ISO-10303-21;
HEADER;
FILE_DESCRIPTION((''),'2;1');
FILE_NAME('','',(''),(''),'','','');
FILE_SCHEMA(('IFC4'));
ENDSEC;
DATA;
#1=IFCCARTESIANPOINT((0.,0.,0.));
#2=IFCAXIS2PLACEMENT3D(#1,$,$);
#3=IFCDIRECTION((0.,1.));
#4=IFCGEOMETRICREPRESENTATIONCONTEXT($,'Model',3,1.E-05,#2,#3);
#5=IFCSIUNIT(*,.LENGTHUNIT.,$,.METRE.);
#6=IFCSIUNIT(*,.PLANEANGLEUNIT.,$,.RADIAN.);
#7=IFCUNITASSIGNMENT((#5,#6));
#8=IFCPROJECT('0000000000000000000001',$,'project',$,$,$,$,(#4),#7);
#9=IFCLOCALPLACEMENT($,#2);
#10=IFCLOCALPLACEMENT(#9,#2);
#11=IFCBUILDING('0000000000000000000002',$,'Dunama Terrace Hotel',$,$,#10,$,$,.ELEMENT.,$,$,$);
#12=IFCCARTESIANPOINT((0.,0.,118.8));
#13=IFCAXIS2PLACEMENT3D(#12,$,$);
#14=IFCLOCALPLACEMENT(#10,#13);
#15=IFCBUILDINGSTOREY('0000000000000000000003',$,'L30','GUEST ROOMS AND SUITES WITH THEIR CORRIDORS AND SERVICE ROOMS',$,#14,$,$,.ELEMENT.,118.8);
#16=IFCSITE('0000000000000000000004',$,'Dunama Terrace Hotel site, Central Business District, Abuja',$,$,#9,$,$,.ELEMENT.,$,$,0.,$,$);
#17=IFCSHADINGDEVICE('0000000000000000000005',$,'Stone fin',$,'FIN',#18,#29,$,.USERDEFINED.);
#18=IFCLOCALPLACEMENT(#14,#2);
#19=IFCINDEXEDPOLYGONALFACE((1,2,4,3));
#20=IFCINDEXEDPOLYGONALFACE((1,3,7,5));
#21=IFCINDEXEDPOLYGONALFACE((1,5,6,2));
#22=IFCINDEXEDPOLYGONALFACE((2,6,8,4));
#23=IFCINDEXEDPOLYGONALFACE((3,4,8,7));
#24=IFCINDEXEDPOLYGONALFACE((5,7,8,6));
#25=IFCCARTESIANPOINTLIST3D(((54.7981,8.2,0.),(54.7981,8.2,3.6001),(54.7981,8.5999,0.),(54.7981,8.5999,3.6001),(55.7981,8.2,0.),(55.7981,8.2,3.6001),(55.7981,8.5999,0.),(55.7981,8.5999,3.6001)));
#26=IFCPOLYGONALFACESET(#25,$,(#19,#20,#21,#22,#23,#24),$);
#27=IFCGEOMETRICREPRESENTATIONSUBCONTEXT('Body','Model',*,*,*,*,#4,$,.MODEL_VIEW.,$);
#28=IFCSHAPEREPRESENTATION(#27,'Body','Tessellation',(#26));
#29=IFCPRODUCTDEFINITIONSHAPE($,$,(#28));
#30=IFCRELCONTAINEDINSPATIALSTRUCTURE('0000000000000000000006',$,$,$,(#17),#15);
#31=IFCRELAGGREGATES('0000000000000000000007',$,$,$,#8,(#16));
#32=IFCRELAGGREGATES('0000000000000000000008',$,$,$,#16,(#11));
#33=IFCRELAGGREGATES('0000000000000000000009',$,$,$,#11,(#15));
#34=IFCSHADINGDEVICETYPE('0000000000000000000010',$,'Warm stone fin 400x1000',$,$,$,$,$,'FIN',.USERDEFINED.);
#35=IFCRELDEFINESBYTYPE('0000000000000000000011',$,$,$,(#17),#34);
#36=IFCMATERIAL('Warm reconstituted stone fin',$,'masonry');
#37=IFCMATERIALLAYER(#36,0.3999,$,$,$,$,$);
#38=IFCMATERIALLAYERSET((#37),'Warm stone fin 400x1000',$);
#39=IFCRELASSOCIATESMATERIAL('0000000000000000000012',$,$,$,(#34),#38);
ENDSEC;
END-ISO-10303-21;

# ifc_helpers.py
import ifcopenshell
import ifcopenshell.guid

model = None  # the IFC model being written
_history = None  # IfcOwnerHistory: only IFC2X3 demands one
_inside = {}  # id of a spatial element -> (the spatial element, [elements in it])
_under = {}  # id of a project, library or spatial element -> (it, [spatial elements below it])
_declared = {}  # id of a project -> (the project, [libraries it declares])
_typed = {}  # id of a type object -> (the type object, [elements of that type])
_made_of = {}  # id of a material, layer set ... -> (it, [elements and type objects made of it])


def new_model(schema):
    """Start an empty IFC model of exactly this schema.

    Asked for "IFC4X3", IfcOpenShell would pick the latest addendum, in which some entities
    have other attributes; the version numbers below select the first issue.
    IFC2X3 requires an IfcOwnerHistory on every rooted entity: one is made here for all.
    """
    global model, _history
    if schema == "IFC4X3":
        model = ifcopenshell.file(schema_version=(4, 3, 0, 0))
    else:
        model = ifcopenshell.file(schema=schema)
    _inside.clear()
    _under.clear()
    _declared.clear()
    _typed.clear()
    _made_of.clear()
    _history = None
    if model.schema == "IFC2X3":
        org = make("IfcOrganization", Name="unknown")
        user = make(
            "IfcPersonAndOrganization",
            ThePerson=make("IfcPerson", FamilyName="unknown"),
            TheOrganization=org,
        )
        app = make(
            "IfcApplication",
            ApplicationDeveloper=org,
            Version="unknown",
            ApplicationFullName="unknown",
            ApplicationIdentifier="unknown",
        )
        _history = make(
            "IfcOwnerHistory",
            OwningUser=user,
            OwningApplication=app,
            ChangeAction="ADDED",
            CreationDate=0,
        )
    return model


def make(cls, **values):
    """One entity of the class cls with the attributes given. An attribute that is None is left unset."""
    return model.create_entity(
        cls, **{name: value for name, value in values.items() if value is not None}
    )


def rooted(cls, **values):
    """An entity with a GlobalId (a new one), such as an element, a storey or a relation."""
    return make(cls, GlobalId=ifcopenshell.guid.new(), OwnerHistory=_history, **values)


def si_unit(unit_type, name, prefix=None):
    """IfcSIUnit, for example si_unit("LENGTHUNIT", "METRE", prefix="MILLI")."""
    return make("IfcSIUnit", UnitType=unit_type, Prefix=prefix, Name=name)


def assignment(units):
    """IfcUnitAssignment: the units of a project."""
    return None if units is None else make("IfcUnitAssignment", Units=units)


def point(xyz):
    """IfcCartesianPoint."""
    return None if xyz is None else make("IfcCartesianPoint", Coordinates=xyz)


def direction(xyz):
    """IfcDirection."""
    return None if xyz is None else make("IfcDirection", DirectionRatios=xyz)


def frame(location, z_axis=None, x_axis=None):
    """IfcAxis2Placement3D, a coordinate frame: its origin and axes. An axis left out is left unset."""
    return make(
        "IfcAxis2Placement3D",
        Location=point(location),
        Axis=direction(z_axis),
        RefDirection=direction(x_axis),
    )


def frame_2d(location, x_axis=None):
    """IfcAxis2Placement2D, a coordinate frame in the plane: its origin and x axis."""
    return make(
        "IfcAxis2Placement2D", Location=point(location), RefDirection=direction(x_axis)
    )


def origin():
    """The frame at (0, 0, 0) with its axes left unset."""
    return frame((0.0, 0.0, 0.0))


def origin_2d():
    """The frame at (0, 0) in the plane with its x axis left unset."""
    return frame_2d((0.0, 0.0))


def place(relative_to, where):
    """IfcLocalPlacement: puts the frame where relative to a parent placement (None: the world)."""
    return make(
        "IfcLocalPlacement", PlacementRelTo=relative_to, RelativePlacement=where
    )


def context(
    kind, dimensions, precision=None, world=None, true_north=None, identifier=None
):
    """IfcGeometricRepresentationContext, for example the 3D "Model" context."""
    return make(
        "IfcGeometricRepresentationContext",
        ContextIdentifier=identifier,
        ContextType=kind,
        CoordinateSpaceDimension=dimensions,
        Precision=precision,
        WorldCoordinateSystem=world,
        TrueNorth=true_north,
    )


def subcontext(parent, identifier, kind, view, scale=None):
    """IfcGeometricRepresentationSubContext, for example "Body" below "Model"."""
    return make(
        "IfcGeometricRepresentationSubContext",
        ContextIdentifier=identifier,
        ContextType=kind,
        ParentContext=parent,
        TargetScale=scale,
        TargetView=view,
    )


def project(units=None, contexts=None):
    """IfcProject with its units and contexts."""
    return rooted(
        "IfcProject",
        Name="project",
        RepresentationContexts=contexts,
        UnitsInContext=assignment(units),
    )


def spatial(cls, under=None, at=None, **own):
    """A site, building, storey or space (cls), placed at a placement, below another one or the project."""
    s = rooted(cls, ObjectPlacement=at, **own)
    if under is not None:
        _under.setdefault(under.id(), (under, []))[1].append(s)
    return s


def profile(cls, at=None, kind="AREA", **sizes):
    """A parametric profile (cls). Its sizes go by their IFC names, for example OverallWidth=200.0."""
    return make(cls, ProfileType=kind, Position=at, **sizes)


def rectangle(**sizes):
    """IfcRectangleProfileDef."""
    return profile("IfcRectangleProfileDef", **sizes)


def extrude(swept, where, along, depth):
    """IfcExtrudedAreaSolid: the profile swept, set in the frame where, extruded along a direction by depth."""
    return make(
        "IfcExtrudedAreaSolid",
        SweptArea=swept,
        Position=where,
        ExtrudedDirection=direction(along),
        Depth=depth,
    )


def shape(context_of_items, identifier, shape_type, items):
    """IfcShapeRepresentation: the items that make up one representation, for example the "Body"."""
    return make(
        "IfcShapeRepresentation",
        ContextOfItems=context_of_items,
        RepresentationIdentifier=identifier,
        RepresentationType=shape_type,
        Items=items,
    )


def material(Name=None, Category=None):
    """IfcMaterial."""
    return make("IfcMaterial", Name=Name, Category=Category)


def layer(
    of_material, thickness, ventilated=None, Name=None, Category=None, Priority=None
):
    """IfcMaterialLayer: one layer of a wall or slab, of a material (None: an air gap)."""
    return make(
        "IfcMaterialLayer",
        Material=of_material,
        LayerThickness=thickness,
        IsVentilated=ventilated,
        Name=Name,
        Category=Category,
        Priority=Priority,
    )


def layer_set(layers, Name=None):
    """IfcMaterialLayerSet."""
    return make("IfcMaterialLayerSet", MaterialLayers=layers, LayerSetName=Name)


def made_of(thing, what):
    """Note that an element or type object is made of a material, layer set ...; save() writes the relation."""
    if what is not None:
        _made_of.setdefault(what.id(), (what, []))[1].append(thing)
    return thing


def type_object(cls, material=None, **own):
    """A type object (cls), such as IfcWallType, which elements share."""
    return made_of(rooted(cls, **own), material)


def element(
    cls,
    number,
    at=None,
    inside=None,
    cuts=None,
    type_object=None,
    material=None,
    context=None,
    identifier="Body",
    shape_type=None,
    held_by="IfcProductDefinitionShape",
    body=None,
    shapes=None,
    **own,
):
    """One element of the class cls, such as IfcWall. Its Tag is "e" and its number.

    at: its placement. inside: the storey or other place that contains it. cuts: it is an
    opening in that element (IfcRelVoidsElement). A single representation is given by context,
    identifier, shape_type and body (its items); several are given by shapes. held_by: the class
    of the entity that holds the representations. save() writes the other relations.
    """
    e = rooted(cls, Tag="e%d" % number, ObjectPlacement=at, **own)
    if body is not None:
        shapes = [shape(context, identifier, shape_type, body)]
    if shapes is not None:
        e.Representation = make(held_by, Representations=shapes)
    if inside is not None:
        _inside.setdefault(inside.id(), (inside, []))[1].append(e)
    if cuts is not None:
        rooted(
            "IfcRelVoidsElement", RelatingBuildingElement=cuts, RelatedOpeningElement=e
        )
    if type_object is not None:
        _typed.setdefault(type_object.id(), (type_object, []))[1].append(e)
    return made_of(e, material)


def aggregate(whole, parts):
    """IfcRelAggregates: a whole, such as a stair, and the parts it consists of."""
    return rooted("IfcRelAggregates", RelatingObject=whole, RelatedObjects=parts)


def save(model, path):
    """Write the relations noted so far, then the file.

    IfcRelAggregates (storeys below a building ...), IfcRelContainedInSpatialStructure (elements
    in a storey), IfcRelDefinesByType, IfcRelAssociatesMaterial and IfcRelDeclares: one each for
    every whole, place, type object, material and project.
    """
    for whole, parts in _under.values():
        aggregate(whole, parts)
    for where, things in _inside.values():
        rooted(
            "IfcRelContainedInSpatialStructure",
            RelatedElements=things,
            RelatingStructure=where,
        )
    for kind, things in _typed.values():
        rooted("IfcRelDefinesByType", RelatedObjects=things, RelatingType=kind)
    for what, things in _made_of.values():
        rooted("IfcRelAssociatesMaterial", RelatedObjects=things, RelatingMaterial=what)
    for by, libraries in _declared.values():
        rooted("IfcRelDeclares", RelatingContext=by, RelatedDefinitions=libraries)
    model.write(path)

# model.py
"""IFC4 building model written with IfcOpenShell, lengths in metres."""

from ifc_helpers import new_model, si_unit, direction, frame, origin, origin_2d, place, context, subcontext, project, spatial, rectangle, extrude, material, layer, layer_set, type_object, element, save


model = new_model("IFC4")

# Units and contexts
model_context = context("Model", 3, precision=1e-05, world=origin(), true_north=direction((0.0, 1.0)))
body_context = subcontext(model_context, "Body", "Model", "MODEL_VIEW")
ifc_project = project(units=[si_unit("LENGTHUNIT", "METRE"), si_unit("PLANEANGLEUNIT", "RADIAN")], contexts=[model_context])

# Site, building, storey
site_placement = place(None, origin())
site = spatial("IfcSite", under=ifc_project, at=site_placement, Name="Dunama Terrace Hotel site, Central Business District, Abuja", CompositionType="ELEMENT", RefElevation=0.0)
building_placement = place(site_placement, origin())
building = spatial("IfcBuilding", under=site, at=building_placement, Name="Dunama Terrace Hotel", CompositionType="ELEMENT")
storey_placement = place(building_placement, frame((0.0, 0.0, 118.8)))
storey = spatial("IfcBuildingStorey", under=building, at=storey_placement, Name="L30", Description="GUEST ROOMS AND SUITES WITH THEIR CORRIDORS AND SERVICE ROOMS", CompositionType="ELEMENT", Elevation=118.8)

# Shading device
ifc_material_1 = material(Name="Warm reconstituted stone fin", Category="masonry")
ifc_layer_1 = layer(ifc_material_1, 0.3999)
ifc_layer_set_1 = layer_set([ifc_layer_1], Name="Warm stone fin 400x1000")
shading_device_type = type_object("IfcShadingDeviceType", Name="Warm stone fin 400x1000", ElementType="FIN", PredefinedType="USERDEFINED", material=ifc_layer_set_1)
shading_device_placement = place(storey_placement, frame((55.2981, 8.3999, 0.0), z_axis=(0.0, 0.0, 1.0), x_axis=(0.0, 1.0, 0.0)))
element("IfcShadingDevice", 1, at=shading_device_placement, inside=storey, type_object=shading_device_type, Name="Stone fin", ObjectType="FIN", PredefinedType="USERDEFINED", context=body_context, shape_type="SweptSolid", body=[
    extrude(rectangle(XDim=0.3999, YDim=1.0, at=origin_2d()), origin(), (0.0, 0.0, 1.0), 3.6001),
])

save(model, "model.ifc")
